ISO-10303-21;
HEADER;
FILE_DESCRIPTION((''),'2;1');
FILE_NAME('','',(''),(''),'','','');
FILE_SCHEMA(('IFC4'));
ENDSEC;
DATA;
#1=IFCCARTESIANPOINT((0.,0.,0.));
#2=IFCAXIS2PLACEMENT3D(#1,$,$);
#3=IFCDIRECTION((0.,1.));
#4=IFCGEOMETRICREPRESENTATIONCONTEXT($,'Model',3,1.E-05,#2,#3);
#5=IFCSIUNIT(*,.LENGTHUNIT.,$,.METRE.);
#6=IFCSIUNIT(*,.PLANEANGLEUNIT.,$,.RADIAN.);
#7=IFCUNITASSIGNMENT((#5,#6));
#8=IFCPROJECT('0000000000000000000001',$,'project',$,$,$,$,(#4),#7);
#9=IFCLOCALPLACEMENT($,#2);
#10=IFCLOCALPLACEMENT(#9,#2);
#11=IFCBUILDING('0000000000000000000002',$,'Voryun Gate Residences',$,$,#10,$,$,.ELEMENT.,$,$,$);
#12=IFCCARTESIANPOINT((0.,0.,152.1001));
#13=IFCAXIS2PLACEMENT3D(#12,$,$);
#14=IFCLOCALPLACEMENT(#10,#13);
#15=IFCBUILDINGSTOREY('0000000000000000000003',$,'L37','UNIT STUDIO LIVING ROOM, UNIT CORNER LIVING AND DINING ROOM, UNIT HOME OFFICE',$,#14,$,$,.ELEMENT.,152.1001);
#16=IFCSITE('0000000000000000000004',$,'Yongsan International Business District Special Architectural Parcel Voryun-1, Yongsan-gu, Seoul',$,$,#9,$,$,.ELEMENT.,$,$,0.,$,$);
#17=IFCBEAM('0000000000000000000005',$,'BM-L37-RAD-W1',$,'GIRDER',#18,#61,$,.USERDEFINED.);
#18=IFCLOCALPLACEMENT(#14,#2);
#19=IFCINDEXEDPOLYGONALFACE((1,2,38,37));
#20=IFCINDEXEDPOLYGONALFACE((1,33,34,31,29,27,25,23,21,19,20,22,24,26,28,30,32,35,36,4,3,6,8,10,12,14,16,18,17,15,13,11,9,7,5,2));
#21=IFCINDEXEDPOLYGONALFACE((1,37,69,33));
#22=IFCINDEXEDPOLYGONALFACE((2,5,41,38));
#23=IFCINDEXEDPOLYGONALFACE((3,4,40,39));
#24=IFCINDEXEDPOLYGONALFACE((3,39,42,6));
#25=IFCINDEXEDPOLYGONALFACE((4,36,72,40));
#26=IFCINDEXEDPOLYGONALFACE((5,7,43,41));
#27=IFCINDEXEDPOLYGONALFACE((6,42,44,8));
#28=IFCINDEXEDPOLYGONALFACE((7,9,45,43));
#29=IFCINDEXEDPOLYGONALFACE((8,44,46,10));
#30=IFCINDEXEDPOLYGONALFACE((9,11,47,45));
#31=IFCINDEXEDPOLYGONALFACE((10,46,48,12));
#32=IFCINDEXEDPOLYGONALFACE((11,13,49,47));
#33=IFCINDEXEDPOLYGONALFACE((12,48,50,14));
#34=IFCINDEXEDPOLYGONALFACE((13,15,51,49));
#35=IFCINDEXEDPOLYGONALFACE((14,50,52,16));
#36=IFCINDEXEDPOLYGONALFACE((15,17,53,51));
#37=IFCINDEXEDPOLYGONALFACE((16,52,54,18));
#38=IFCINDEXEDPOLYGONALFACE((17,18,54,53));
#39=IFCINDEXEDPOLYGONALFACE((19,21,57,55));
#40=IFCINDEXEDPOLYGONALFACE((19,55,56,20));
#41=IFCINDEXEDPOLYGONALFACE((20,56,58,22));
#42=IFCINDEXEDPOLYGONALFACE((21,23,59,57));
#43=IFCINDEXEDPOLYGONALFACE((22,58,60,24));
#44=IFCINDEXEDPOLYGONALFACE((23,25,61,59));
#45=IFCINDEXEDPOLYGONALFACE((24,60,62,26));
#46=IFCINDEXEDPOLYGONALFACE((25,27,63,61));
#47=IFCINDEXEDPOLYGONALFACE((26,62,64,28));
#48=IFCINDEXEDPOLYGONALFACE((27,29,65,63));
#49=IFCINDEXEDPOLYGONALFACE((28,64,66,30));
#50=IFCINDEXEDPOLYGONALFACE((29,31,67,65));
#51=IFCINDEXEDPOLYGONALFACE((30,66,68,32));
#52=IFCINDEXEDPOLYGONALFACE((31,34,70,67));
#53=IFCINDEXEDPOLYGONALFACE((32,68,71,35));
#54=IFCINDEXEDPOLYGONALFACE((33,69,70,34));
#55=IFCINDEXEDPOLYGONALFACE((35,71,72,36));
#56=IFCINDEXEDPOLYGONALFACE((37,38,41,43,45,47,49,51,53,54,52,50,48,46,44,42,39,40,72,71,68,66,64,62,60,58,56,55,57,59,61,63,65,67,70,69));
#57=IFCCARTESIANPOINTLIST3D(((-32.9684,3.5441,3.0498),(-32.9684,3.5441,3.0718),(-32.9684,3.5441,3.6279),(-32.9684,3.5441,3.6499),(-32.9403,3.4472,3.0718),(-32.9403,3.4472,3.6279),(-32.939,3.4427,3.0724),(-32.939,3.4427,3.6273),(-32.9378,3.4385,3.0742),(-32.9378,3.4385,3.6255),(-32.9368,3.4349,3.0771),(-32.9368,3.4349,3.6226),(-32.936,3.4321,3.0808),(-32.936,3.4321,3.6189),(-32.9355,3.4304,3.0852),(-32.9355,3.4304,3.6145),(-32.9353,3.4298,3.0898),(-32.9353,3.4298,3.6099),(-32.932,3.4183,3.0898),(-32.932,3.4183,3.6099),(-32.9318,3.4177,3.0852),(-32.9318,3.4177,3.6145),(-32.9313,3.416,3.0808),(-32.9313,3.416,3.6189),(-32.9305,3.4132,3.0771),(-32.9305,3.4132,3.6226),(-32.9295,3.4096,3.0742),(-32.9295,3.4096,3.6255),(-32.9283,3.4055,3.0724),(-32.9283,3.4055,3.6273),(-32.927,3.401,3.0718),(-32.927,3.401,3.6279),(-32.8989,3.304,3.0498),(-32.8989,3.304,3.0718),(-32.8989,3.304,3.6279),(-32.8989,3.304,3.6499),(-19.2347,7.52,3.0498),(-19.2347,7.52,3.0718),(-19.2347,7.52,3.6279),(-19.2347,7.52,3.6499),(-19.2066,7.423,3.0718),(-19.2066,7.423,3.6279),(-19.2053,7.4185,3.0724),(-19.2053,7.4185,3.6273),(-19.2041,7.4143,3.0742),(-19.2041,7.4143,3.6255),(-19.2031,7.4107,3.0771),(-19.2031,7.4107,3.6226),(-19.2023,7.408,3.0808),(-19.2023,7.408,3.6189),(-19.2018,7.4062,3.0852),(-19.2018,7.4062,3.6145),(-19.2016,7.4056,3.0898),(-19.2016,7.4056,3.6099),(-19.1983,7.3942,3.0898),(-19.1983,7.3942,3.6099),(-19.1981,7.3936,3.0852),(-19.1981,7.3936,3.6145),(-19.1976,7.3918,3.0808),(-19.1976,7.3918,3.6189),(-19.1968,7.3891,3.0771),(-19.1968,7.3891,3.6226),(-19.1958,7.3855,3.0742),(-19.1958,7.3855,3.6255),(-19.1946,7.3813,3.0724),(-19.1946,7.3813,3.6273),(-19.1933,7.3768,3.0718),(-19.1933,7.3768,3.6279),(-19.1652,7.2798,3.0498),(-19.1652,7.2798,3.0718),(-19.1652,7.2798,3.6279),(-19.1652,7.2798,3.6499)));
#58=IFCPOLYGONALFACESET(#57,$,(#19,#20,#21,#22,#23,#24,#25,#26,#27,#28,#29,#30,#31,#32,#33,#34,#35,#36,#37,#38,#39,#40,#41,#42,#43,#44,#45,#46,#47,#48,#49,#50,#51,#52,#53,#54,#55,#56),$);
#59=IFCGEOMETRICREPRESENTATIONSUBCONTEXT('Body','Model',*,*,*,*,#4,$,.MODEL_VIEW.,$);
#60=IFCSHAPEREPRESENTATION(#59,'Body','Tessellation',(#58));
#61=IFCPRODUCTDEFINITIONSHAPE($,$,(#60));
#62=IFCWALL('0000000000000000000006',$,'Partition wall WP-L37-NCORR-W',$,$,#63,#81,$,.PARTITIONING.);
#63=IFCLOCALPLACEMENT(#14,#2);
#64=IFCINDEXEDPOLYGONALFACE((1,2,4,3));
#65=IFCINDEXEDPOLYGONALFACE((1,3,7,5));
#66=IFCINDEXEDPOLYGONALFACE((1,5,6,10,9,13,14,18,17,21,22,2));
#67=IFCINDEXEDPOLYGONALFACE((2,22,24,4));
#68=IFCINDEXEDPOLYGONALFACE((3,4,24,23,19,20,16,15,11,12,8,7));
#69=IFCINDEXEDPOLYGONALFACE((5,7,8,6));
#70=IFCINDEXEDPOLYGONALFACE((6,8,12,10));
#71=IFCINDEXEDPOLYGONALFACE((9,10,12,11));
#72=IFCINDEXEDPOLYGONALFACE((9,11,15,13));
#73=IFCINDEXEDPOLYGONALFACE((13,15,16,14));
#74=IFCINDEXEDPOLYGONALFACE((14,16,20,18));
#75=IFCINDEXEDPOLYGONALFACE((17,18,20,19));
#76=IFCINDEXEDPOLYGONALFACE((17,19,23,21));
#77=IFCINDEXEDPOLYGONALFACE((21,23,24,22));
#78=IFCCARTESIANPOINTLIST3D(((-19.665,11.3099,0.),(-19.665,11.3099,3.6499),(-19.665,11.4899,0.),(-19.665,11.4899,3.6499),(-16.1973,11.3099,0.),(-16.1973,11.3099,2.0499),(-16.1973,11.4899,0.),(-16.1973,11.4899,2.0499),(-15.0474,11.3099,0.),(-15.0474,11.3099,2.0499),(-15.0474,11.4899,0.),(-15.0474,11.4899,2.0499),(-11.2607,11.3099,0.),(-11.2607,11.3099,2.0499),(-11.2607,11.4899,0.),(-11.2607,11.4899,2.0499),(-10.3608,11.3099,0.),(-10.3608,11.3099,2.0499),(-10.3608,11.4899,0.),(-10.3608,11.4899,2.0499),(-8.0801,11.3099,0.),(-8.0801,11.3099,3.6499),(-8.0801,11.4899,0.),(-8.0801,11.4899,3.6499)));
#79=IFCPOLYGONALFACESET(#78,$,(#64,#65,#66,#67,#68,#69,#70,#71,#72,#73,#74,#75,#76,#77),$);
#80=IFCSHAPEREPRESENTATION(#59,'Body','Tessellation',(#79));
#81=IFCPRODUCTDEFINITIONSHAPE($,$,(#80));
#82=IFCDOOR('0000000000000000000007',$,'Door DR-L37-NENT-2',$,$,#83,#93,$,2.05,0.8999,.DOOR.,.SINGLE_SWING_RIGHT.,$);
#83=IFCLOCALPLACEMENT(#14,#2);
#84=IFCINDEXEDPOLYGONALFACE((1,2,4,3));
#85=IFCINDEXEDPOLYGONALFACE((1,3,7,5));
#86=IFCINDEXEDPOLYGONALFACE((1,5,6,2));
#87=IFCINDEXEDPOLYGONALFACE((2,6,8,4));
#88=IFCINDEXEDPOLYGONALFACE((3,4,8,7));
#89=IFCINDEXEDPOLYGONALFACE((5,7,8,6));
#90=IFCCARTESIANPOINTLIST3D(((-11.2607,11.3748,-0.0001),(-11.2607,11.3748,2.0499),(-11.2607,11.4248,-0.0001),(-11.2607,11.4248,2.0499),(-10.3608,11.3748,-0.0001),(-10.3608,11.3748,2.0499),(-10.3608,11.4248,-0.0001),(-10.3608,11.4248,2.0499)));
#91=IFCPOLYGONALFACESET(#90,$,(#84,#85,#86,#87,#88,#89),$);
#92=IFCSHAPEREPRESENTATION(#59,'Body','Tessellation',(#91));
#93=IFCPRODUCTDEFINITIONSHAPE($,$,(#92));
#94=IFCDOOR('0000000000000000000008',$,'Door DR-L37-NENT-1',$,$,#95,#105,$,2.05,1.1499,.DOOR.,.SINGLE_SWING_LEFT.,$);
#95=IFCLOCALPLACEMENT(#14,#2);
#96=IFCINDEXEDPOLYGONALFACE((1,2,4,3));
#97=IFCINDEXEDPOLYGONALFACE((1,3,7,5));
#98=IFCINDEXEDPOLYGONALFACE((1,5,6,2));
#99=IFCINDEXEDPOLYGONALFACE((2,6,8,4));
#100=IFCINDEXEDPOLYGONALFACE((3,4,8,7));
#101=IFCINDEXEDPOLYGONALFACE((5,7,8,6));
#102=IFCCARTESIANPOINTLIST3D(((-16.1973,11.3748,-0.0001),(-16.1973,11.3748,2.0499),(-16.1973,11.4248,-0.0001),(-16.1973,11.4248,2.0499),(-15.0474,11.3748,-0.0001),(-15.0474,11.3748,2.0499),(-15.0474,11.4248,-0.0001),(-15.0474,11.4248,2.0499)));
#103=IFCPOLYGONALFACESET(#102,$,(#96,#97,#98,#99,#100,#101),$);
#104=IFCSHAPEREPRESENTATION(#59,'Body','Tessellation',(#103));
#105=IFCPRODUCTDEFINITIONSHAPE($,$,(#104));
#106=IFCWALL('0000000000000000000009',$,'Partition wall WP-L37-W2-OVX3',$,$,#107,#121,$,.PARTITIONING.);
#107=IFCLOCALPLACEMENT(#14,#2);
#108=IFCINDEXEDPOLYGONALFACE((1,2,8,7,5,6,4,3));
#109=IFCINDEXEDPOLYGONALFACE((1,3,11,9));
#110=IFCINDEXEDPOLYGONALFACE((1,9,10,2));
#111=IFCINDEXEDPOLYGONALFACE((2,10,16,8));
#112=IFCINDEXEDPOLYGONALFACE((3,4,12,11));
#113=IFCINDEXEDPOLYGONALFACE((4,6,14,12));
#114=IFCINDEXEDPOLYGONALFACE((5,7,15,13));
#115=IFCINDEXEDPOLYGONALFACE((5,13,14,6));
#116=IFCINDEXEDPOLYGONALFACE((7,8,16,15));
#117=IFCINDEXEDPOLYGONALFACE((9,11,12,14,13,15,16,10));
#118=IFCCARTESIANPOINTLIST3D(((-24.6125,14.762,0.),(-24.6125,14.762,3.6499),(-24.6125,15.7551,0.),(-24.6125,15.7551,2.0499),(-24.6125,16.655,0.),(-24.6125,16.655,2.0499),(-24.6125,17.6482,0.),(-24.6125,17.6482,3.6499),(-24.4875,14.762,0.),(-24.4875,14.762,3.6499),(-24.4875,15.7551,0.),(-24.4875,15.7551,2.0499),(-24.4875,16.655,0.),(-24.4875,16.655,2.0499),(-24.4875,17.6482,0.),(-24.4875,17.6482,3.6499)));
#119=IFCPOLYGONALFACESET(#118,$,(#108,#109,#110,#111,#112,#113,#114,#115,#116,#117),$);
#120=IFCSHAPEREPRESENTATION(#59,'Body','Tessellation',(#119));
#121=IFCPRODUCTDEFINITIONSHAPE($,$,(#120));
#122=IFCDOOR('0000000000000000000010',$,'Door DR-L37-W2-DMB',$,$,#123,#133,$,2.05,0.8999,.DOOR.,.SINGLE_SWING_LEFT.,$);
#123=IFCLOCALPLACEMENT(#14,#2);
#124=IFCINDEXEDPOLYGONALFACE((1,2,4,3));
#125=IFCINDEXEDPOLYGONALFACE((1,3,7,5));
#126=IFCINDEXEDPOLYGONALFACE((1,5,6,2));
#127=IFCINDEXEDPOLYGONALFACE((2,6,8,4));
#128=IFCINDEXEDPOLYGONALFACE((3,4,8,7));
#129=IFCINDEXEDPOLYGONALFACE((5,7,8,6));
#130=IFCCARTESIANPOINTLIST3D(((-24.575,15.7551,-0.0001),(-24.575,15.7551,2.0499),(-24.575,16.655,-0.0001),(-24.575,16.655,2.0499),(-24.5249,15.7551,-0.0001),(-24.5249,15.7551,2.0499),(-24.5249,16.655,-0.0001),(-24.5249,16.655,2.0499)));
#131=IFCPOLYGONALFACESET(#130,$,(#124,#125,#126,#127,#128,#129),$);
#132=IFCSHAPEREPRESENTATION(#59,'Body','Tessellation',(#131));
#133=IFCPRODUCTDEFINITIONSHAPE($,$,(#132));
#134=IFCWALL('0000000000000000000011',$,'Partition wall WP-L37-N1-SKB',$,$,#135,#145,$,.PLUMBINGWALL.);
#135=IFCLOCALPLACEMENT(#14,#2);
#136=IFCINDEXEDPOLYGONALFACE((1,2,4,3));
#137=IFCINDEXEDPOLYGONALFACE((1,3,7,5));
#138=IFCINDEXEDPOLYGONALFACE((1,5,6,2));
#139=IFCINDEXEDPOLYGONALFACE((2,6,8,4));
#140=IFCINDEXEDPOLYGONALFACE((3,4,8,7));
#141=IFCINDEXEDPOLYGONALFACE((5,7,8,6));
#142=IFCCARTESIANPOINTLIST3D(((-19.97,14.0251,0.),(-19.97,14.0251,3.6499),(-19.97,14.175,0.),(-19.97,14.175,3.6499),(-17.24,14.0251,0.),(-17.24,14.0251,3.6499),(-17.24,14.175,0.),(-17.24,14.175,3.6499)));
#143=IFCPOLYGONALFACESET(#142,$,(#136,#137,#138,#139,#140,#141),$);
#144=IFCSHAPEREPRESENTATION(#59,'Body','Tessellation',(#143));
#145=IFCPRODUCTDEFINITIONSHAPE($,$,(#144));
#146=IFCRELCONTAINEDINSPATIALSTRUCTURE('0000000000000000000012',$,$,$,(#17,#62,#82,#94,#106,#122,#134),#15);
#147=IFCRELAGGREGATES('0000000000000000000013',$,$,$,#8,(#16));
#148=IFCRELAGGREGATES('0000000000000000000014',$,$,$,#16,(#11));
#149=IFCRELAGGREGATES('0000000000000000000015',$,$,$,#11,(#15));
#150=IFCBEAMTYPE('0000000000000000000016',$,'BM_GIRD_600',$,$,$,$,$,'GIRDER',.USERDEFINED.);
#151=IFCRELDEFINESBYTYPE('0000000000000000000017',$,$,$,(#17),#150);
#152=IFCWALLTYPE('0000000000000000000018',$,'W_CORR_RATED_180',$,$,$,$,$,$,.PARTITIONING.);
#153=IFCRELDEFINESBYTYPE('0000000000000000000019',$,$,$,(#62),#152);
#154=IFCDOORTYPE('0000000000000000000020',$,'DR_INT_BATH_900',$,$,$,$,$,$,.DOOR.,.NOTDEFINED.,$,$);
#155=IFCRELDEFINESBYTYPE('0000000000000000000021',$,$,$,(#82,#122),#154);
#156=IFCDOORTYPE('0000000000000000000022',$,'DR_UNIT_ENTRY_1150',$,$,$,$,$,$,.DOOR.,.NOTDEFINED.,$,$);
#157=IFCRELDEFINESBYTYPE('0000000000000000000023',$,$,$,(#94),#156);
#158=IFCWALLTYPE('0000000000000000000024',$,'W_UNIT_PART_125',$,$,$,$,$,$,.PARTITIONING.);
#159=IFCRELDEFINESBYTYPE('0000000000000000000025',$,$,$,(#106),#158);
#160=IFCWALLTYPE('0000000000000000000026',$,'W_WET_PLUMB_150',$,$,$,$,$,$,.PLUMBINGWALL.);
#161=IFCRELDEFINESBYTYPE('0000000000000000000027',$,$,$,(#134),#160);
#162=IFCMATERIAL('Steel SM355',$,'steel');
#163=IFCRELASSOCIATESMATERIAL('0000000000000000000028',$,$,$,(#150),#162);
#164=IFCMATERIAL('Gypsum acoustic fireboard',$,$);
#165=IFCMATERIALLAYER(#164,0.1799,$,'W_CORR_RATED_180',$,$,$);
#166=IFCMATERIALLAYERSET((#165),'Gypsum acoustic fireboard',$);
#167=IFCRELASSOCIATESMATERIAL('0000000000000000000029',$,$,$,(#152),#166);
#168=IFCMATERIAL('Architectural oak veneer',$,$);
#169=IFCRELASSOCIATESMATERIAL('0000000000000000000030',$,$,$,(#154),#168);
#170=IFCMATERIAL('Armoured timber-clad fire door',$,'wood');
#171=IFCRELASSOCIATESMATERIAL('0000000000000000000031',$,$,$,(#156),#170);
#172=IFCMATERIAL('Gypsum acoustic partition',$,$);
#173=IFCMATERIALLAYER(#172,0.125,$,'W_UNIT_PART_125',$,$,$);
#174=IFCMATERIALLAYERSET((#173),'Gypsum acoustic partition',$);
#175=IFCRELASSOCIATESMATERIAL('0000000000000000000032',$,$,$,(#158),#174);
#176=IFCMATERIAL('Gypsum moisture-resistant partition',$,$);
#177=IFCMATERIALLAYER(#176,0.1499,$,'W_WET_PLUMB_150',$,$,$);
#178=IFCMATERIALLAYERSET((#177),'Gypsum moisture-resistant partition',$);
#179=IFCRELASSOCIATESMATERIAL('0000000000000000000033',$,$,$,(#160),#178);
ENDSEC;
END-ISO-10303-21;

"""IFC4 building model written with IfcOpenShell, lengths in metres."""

from ifc_helpers import new_model, si_unit, direction, frame, frame_2d, origin, origin_2d, place, context, subcontext, project, spatial, rectangle, i_section, extrude, material, layer, layer_set, material_profile, profile_set, type_object, element, fill, save


model = new_model("IFC4")

# Units and contexts
model_context = context("Model", 3, precision=1e-05, world=origin(), true_north=direction((0.0, 1.0)))
body_context = subcontext(model_context, "Body", "Model", "MODEL_VIEW")
ifc_project = project(units=[si_unit("LENGTHUNIT", "METRE"), si_unit("PLANEANGLEUNIT", "RADIAN")], contexts=[model_context])

# Site, building, storey
site_placement = place(None, origin())
site = spatial("IfcSite", under=ifc_project, at=site_placement, Name="Yongsan International Business District Special Architectural Parcel Voryun-1, Yongsan-gu, Seoul", CompositionType="ELEMENT", RefElevation=0.0)
building_placement = place(site_placement, origin())
building = spatial("IfcBuilding", under=site, at=building_placement, Name="Voryun Gate Residences", CompositionType="ELEMENT")
storey_placement = place(building_placement, frame((0.0, 0.0, 152.1001)))
storey = spatial("IfcBuildingStorey", under=building, at=storey_placement, Name="L37", Description="UNIT STUDIO LIVING ROOM, UNIT CORNER LIVING AND DINING ROOM, UNIT HOME OFFICE", CompositionType="ELEMENT", Elevation=152.1001)

# Beam
ifc_material_1 = material(Name="Steel SM355", Category="steel")
ifc_material_profile_1 = material_profile(ifc_material_1, i_section(OverallWidth=0.25, OverallDepth=0.6001, WebThickness=0.012, FlangeThickness=0.022, FilletRadius=0.0181, at=origin_2d()), Name="H-600x250x12x22")
ifc_profile_set_1 = profile_set([ifc_material_profile_1], Name="Steel SM355")
beam_type_1 = type_object("IfcBeamType", Name="BM_GIRD_600", ElementType="GIRDER", PredefinedType="USERDEFINED", material=ifc_profile_set_1)
beam_1_placement = place(storey_placement, frame((-19.2, 7.3999, 3.3499), z_axis=(-0.960559, -0.278078, 0.0), x_axis=(0.278078, -0.960559, 0.0)))
element("IfcBeam", 1, at=beam_1_placement, inside=storey, type_object=beam_type_1, Name="BM-L37-RAD-W1", ObjectType="GIRDER", PredefinedType="USERDEFINED", context=body_context, shape_type="SweptSolid", body=[
    extrude(i_section(OverallWidth=0.25, OverallDepth=0.6001, WebThickness=0.012, FlangeThickness=0.022, FilletRadius=0.0181, at=origin_2d()), origin(), (0.0, 0.0, 1.0), 14.2976),
])

# Wall, openings, doors
ifc_material_2 = material(Name="Gypsum acoustic fireboard")
ifc_layer_1 = layer(ifc_material_2, 0.1799, Name="W_CORR_RATED_180")
ifc_layer_set_1 = layer_set([ifc_layer_1], Name="Gypsum acoustic fireboard")
wall_type_1 = type_object("IfcWallType", Name="W_CORR_RATED_180", PredefinedType="PARTITIONING", material=ifc_layer_set_1)
wall_1_placement = place(storey_placement, frame((-19.665, 11.3999, 0.0), z_axis=(0.0, 0.0, 1.0), x_axis=(1.0, 0.0, 0.0)))
wall_1 = element("IfcWall", 2, at=wall_1_placement, inside=storey, type_object=wall_type_1, Name="Partition wall WP-L37-NCORR-W", PredefinedType="PARTITIONING", context=body_context, shape_type="SweptSolid", body=[
    extrude(rectangle(XDim=11.585, YDim=0.1799, at=frame_2d((5.7925, 0.0))), origin(), (0.0, 0.0, 1.0), 3.6499),
])
opening_1_placement = place(wall_1_placement, frame((3.4678, 0.0, 0.0)))
opening_1 = element("IfcOpeningElement", 3, at=opening_1_placement, cuts=wall_1, PredefinedType="OPENING", context=body_context, shape_type="SweptSolid", body=[
    extrude(rectangle(XDim=1.1499, YDim=2.05, at=frame_2d((0.575, 1.0249))), frame((0.0, 0.0999, 0.0), z_axis=(0.0, -1.0, 0.0), x_axis=(1.0, 0.0, 0.0)), (0.0, 0.0, 1.0), 0.2),
])
opening_2_placement = place(wall_1_placement, frame((8.4043, 0.0, 0.0)))
opening_2 = element("IfcOpeningElement", 4, at=opening_2_placement, cuts=wall_1, PredefinedType="OPENING", context=body_context, shape_type="SweptSolid", body=[
    extrude(rectangle(XDim=0.8999, YDim=2.05, at=frame_2d((0.45, 1.0249))), frame((0.0, 0.0999, 0.0), z_axis=(0.0, -1.0, 0.0), x_axis=(1.0, 0.0, 0.0)), (0.0, 0.0, 1.0), 0.2),
])
ifc_material_3 = material(Name="Architectural oak veneer")
door_type_1 = type_object("IfcDoorType", Name="DR_INT_BATH_900", OperationType="NOTDEFINED", PredefinedType="DOOR", material=ifc_material_3)
door_1_placement = place(opening_2_placement, origin())
door_1 = element("IfcDoor", 5, at=door_1_placement, inside=storey, type_object=door_type_1, Name="Door DR-L37-NENT-2", OperationType="SINGLE_SWING_RIGHT", OverallHeight=2.05, OverallWidth=0.8999, PredefinedType="DOOR", context=body_context, shape_type="SweptSolid", body=[
    extrude(rectangle(XDim=0.8999, YDim=2.05, at=frame_2d((0.45, 1.0249))), frame((0.0, 0.0249, 0.0), z_axis=(0.0, -1.0, 0.0), x_axis=(1.0, 0.0, 0.0)), (0.0, 0.0, 1.0), 0.05),
])
fill(opening_2, door_1)
ifc_material_4 = material(Name="Armoured timber-clad fire door", Category="wood")
door_type_2 = type_object("IfcDoorType", Name="DR_UNIT_ENTRY_1150", OperationType="NOTDEFINED", PredefinedType="DOOR", material=ifc_material_4)
door_2_placement = place(opening_1_placement, origin())
door_2 = element("IfcDoor", 6, at=door_2_placement, inside=storey, type_object=door_type_2, Name="Door DR-L37-NENT-1", OperationType="SINGLE_SWING_LEFT", OverallHeight=2.05, OverallWidth=1.1499, PredefinedType="DOOR", context=body_context, shape_type="SweptSolid", body=[
    extrude(rectangle(XDim=1.1499, YDim=2.05, at=frame_2d((0.575, 1.0249))), frame((0.0, 0.0249, 0.0), z_axis=(0.0, -1.0, 0.0), x_axis=(1.0, 0.0, 0.0)), (0.0, 0.0, 1.0), 0.05),
])
fill(opening_1, door_2)

# Wall, opening, door
ifc_material_5 = material(Name="Gypsum acoustic partition")
ifc_layer_2 = layer(ifc_material_5, 0.125, Name="W_UNIT_PART_125")
ifc_layer_set_2 = layer_set([ifc_layer_2], Name="Gypsum acoustic partition")
wall_type_2 = type_object("IfcWallType", Name="W_UNIT_PART_125", PredefinedType="PARTITIONING", material=ifc_layer_set_2)
wall_2_placement = place(storey_placement, frame((-24.55, 14.762, 0.0), z_axis=(0.0, 0.0, 1.0), x_axis=(0.0, 1.0, 0.0)))
wall_2 = element("IfcWall", 7, at=wall_2_placement, inside=storey, type_object=wall_type_2, Name="Partition wall WP-L37-W2-OVX3", PredefinedType="PARTITIONING", context=body_context, shape_type="SweptSolid", body=[
    extrude(rectangle(XDim=2.8862, YDim=0.125, at=frame_2d((1.4431, 0.0))), origin(), (0.0, 0.0, 1.0), 3.6499),
])
opening_3_placement = place(wall_2_placement, frame((0.9932, 0.0, 0.0)))
opening_3 = element("IfcOpeningElement", 8, at=opening_3_placement, cuts=wall_2, PredefinedType="OPENING", context=body_context, shape_type="SweptSolid", body=[
    extrude(rectangle(XDim=0.8999, YDim=2.05, at=frame_2d((0.45, 1.0249))), frame((0.0, 0.0725, 0.0), z_axis=(0.0, -1.0, 0.0), x_axis=(1.0, 0.0, 0.0)), (0.0, 0.0, 1.0), 0.145),
])
door_3_placement = place(opening_3_placement, origin())
door_3 = element("IfcDoor", 9, at=door_3_placement, inside=storey, type_object=door_type_1, Name="Door DR-L37-W2-DMB", OperationType="SINGLE_SWING_LEFT", OverallHeight=2.05, OverallWidth=0.8999, PredefinedType="DOOR", context=body_context, shape_type="SweptSolid", body=[
    extrude(rectangle(XDim=0.8999, YDim=2.05, at=frame_2d((0.45, 1.0249))), frame((0.0, 0.0249, 0.0), z_axis=(0.0, -1.0, 0.0), x_axis=(1.0, 0.0, 0.0)), (0.0, 0.0, 1.0), 0.05),
])
fill(opening_3, door_3)

# Wall
ifc_material_6 = material(Name="Gypsum moisture-resistant partition")
ifc_layer_3 = layer(ifc_material_6, 0.1499, Name="W_WET_PLUMB_150")
ifc_layer_set_3 = layer_set([ifc_layer_3], Name="Gypsum moisture-resistant partition")
wall_type_3 = type_object("IfcWallType", Name="W_WET_PLUMB_150", PredefinedType="PLUMBINGWALL", material=ifc_layer_set_3)
wall_3_placement = place(storey_placement, frame((-19.97, 14.1001, 0.0), z_axis=(0.0, 0.0, 1.0), x_axis=(1.0, 0.0, 0.0)))
element("IfcWall", 10, at=wall_3_placement, inside=storey, type_object=wall_type_3, Name="Partition wall WP-L37-N1-SKB", PredefinedType="PLUMBINGWALL", context=body_context, shape_type="SweptSolid", body=[
    extrude(rectangle(XDim=2.73, YDim=0.1499, at=frame_2d((1.365, 0.0))), origin(), (0.0, 0.0, 1.0), 3.6499),
])

save(model, "model.ifc")
